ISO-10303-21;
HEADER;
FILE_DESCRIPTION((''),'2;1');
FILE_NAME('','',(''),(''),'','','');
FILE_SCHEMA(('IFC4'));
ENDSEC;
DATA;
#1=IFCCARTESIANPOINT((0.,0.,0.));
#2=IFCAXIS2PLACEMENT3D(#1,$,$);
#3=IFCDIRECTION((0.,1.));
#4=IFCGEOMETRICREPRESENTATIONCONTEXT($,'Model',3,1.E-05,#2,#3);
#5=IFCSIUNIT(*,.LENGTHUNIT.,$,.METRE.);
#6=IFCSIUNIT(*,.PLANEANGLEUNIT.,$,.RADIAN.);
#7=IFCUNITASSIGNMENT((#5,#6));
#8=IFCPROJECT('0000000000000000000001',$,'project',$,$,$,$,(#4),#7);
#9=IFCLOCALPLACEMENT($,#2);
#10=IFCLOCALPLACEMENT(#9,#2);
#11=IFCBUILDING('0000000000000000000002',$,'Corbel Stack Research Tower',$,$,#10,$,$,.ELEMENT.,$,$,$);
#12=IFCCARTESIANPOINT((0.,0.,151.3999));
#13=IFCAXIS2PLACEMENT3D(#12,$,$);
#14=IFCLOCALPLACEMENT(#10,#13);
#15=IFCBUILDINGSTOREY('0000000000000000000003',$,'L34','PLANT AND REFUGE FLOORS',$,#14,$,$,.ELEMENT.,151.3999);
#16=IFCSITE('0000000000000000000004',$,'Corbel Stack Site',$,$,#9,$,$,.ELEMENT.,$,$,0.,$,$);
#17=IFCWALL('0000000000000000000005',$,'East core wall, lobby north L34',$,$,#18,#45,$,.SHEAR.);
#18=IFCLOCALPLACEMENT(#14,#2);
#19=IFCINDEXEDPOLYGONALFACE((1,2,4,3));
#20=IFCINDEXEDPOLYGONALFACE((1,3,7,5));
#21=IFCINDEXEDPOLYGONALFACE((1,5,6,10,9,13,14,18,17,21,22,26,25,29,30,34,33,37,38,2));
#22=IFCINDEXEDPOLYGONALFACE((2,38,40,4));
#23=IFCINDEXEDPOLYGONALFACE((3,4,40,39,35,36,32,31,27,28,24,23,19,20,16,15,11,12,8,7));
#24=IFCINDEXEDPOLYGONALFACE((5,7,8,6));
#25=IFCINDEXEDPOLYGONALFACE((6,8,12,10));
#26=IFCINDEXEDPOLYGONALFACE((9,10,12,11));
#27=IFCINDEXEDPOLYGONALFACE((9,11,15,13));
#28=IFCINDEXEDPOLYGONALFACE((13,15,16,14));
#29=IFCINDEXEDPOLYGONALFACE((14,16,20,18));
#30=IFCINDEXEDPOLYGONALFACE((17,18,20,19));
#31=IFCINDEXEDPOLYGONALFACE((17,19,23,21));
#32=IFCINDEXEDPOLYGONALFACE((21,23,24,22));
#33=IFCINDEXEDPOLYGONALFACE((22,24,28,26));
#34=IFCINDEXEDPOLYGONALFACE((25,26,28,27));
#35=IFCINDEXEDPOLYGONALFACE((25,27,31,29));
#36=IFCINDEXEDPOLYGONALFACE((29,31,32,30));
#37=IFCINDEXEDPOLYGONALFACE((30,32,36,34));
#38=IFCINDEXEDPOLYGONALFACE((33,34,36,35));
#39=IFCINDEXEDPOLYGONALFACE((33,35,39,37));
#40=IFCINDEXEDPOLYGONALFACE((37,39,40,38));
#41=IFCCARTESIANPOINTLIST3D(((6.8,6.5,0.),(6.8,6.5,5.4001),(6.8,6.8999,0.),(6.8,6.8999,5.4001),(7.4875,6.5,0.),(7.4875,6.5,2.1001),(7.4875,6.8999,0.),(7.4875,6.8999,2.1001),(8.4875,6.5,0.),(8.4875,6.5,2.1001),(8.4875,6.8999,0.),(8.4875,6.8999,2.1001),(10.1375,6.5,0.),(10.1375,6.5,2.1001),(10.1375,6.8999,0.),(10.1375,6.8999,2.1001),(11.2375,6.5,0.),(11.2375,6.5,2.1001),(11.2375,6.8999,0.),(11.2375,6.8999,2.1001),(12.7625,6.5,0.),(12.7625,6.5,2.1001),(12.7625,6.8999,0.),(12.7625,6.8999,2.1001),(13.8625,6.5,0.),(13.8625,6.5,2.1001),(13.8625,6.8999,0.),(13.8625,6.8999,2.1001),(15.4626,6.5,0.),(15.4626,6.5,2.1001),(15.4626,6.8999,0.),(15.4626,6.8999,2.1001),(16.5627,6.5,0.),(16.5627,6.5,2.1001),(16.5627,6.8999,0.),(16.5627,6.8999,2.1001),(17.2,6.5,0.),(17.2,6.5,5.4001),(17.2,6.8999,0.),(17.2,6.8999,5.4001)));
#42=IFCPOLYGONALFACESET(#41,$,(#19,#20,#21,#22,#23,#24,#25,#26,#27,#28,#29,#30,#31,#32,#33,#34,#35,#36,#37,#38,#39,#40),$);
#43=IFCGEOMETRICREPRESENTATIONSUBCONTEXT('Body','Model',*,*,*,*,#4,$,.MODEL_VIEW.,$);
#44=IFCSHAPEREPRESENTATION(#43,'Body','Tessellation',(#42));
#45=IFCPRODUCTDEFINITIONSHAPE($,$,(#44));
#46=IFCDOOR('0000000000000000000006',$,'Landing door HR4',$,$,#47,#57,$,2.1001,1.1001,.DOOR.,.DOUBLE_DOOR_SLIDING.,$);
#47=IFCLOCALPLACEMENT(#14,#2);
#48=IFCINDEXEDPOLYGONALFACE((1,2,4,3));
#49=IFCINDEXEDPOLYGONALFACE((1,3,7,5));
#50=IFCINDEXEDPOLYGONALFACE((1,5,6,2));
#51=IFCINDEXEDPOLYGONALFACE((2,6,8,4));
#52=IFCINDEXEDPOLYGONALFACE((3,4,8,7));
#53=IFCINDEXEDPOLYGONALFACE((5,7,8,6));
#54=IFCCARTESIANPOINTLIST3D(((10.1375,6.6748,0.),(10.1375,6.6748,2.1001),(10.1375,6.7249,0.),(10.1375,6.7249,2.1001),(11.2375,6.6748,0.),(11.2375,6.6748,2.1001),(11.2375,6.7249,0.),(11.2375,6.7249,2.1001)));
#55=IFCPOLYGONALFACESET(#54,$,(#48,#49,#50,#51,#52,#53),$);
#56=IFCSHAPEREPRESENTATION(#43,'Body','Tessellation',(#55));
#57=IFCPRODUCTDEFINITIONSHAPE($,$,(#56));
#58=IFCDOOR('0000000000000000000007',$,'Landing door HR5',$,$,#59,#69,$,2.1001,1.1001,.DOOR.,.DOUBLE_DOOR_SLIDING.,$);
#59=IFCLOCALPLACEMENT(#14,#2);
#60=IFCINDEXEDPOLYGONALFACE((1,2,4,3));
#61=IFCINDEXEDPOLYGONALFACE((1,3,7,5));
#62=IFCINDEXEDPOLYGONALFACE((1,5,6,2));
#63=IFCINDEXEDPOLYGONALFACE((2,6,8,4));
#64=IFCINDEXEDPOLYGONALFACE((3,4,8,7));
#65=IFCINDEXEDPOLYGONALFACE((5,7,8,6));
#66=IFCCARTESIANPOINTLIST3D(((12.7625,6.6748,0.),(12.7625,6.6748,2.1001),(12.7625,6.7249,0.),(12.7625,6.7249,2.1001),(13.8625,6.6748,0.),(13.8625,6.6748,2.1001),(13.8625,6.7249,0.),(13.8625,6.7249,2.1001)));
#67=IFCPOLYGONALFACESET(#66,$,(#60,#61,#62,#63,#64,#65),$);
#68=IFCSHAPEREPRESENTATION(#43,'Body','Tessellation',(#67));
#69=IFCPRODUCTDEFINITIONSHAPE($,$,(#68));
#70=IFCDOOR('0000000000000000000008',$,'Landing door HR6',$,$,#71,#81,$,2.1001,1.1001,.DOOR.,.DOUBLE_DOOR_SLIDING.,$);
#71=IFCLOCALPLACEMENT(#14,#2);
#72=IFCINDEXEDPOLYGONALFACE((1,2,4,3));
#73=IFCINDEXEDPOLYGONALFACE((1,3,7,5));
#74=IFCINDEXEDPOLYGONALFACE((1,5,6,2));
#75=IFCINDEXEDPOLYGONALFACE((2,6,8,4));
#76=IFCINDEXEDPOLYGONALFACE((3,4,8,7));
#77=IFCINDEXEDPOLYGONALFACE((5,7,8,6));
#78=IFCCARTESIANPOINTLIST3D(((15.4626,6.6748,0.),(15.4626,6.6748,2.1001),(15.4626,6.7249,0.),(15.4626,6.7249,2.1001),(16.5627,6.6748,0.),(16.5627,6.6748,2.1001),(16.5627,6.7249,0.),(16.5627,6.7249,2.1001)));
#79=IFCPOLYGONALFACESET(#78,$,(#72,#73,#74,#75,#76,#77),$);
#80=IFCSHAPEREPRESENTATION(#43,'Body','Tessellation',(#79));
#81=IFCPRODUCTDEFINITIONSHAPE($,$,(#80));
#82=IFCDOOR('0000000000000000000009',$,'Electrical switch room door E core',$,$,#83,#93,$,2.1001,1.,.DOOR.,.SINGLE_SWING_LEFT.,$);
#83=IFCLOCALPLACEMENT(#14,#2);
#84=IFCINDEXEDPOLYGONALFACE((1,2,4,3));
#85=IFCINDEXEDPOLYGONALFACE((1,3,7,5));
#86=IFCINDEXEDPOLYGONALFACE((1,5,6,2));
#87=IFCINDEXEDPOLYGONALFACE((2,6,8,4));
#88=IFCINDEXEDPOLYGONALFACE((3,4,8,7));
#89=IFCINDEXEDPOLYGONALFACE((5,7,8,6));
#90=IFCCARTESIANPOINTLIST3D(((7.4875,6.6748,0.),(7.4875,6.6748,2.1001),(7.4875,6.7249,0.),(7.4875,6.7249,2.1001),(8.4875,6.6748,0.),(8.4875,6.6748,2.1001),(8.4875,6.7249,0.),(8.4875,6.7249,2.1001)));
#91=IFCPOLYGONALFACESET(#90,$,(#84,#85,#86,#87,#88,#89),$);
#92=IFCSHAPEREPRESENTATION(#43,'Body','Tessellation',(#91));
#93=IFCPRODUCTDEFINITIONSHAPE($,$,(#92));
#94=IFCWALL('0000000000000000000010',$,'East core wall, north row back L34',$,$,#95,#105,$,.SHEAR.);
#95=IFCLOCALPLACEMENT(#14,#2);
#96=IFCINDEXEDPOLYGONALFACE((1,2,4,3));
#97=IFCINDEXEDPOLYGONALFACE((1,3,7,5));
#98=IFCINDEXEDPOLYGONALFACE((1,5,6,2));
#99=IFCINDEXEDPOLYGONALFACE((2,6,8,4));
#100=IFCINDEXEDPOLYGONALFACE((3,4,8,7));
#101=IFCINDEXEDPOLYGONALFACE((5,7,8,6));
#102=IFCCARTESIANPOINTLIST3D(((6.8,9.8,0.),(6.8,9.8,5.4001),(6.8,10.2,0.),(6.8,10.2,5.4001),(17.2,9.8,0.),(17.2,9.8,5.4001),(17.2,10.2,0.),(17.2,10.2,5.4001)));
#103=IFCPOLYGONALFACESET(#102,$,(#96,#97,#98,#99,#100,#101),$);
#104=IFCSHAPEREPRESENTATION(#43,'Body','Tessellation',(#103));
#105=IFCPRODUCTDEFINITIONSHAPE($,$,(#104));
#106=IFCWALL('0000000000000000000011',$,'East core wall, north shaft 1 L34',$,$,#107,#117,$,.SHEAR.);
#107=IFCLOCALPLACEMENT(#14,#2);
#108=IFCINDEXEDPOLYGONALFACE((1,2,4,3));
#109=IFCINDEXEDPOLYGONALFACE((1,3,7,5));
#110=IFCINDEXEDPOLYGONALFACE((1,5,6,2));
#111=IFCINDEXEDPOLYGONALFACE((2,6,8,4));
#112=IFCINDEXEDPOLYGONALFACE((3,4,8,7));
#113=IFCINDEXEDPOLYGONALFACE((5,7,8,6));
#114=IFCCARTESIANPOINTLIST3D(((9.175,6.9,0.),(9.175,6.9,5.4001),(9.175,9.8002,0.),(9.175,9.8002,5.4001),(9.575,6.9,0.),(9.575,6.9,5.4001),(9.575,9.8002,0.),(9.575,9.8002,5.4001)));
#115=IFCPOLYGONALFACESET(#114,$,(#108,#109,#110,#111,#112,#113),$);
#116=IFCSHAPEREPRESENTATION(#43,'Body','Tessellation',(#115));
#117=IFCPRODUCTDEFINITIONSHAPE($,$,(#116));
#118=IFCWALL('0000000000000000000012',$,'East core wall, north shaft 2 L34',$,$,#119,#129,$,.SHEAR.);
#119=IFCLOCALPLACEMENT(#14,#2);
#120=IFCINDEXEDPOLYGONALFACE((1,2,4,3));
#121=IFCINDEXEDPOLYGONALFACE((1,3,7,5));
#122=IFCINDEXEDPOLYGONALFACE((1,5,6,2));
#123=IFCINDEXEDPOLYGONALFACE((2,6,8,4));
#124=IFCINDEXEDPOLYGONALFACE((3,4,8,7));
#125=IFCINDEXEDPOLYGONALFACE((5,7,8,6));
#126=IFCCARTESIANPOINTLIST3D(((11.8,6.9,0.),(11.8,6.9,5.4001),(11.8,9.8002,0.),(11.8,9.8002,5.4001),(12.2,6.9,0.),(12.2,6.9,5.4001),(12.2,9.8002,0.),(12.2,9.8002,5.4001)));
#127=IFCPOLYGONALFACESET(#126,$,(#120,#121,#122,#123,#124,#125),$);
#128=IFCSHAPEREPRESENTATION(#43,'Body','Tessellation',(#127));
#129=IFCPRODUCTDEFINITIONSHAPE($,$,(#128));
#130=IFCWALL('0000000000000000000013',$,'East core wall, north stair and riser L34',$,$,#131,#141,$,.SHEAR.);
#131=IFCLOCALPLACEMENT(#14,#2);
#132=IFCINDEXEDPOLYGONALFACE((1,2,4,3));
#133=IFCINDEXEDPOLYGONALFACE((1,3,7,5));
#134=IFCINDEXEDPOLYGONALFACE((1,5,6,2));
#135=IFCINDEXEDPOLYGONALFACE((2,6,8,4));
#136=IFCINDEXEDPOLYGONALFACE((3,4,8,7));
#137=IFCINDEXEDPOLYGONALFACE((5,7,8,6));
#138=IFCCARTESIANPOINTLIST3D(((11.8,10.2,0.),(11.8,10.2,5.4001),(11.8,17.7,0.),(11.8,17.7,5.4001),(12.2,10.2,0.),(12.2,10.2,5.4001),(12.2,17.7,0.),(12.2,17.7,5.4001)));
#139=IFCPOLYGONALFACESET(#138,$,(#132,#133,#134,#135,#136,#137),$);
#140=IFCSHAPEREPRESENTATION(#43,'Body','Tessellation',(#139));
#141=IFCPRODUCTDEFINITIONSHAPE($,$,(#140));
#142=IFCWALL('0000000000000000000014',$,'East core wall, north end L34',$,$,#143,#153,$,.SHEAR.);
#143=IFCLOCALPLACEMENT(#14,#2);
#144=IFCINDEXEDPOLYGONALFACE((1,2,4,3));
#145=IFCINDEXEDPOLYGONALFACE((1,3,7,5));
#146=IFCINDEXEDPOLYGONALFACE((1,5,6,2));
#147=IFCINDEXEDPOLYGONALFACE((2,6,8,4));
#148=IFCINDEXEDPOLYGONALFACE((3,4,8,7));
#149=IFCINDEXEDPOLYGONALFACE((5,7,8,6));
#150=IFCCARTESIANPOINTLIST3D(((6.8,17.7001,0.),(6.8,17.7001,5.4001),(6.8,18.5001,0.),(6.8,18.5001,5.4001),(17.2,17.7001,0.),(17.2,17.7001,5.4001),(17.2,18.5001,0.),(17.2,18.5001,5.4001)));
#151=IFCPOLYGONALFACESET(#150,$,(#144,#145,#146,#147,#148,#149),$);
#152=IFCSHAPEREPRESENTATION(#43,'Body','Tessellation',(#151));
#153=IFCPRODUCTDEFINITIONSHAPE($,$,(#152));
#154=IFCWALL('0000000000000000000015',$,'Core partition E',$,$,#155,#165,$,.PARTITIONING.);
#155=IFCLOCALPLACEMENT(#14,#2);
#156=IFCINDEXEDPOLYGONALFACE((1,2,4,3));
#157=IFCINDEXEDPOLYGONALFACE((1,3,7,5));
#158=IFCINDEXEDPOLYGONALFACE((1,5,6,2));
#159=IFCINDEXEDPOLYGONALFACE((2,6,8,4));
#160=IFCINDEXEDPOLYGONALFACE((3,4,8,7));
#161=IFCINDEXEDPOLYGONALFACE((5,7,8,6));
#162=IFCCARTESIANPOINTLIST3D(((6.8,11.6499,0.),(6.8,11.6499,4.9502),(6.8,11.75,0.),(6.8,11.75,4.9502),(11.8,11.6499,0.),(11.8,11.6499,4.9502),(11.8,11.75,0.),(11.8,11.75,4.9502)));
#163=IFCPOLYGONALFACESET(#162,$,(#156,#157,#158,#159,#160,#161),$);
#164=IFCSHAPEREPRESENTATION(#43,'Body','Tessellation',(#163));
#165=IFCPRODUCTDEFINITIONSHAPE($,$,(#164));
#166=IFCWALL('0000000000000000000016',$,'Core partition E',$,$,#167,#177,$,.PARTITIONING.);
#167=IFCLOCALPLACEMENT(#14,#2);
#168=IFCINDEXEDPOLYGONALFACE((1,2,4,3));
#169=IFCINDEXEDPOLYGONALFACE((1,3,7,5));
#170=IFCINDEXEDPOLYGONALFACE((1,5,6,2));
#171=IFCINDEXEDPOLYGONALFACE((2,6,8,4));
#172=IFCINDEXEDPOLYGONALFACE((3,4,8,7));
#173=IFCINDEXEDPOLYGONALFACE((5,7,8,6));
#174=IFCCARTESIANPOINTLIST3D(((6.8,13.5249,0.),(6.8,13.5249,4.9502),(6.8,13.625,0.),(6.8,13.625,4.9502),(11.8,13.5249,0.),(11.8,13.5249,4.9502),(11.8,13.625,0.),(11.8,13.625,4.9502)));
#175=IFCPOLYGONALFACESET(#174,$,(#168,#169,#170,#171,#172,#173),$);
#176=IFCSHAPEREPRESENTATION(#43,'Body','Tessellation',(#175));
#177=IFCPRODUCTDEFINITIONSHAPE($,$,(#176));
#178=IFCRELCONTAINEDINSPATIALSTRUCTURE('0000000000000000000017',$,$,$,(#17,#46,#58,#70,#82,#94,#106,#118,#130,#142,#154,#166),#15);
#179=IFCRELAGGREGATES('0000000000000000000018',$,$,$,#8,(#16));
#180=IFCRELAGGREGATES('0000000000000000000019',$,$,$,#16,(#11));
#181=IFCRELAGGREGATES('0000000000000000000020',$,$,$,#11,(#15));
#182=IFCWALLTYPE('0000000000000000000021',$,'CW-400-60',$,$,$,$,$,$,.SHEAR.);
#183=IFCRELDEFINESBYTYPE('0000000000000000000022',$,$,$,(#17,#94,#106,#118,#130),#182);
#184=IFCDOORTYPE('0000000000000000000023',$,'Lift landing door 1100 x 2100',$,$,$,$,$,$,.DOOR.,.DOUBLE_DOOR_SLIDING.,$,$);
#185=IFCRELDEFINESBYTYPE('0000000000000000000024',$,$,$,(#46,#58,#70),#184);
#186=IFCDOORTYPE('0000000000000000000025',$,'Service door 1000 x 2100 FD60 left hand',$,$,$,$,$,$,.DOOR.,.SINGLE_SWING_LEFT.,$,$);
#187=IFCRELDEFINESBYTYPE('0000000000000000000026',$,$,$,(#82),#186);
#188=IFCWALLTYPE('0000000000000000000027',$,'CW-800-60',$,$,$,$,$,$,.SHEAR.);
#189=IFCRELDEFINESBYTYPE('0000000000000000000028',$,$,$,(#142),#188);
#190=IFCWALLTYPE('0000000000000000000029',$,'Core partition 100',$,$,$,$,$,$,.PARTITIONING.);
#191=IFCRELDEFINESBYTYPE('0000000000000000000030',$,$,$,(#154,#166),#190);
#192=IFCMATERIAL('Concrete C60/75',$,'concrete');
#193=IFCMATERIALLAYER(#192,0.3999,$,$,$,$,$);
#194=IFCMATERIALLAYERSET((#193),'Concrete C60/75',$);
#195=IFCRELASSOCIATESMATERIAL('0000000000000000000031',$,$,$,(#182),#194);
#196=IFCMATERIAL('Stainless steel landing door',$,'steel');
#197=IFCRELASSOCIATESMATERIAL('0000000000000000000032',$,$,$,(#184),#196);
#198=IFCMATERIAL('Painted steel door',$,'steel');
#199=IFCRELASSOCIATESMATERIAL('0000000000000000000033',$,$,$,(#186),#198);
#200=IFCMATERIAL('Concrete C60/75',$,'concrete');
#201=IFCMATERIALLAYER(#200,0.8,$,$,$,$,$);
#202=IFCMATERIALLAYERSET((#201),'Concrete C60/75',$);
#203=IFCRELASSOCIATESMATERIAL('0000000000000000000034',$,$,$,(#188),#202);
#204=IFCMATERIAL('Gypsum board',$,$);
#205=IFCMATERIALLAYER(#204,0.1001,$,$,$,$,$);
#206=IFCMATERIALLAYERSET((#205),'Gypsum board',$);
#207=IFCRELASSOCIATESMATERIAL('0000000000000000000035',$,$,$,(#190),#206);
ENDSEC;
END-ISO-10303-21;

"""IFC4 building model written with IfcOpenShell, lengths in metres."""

from ifc_helpers import new_model, si_unit, direction, frame, frame_2d, origin, place, context, subcontext, project, spatial, rectangle, extrude, material, layer, layer_set, type_object, element, fill, save


model = new_model("IFC4")

# Units and contexts
model_context = context("Model", 3, precision=1e-05, world=origin(), true_north=direction((0.0, 1.0)))
body_context = subcontext(model_context, "Body", "Model", "MODEL_VIEW")
ifc_project = project(units=[si_unit("LENGTHUNIT", "METRE"), si_unit("PLANEANGLEUNIT", "RADIAN")], contexts=[model_context])

# Site, building, storey
site_placement = place(None, origin())
site = spatial("IfcSite", under=ifc_project, at=site_placement, Name="Corbel Stack Site", CompositionType="ELEMENT", RefElevation=0.0)
building_placement = place(site_placement, origin())
building = spatial("IfcBuilding", under=site, at=building_placement, Name="Corbel Stack Research Tower", CompositionType="ELEMENT")
storey_placement = place(building_placement, frame((0.0, 0.0, 151.3999)))
storey = spatial("IfcBuildingStorey", under=building, at=storey_placement, Name="L34", Description="PLANT AND REFUGE FLOORS", CompositionType="ELEMENT", Elevation=151.3999)

# Wall, openings, doors
ifc_material_1 = material(Name="Concrete C60/75", Category="concrete")
ifc_layer_1 = layer(ifc_material_1, 0.3999)
ifc_layer_set_1 = layer_set([ifc_layer_1], Name="Concrete C60/75")
wall_type_1 = type_object("IfcWallType", Name="CW-400-60", PredefinedType="SHEAR", material=ifc_layer_set_1)
ifc_material_2 = material(Name="Stainless steel landing door", Category="steel")
door_type_1 = type_object("IfcDoorType", Name="Lift landing door 1100 x 2100", OperationType="DOUBLE_DOOR_SLIDING", PredefinedType="DOOR", material=ifc_material_2)
wall_1_placement = place(storey_placement, frame((6.8, 6.7, 0.0), z_axis=(0.0, 0.0, 1.0), x_axis=(1.0, 0.0, 0.0)))
wall_1 = element("IfcWall", 1, at=wall_1_placement, inside=storey, type_object=wall_type_1, Name="East core wall, lobby north L34", PredefinedType="SHEAR", context=body_context, shape_type="SweptSolid", body=[
    extrude(rectangle(XDim=10.3999, YDim=0.3999, at=frame_2d((5.2, 0.0))), origin(), (0.0, 0.0, 1.0), 5.4001),
])
opening_1_placement = place(wall_1_placement, frame((3.3374, 0.0, 0.0)))
opening_1 = element("IfcOpeningElement", 2, at=opening_1_placement, cuts=wall_1, PredefinedType="OPENING", context=body_context, shape_type="SweptSolid", body=[
    extrude(rectangle(XDim=1.1001, YDim=2.1001, at=frame_2d((0.55, 1.05))), frame((0.0, 0.21, 0.0), z_axis=(0.0, -1.0, 0.0), x_axis=(1.0, 0.0, 0.0)), (0.0, 0.0, 1.0), 0.4199),
])
opening_2_placement = place(wall_1_placement, frame((5.9624, 0.0, 0.0)))
opening_2 = element("IfcOpeningElement", 3, at=opening_2_placement, cuts=wall_1, PredefinedType="OPENING", context=body_context, shape_type="SweptSolid", body=[
    extrude(rectangle(XDim=1.1001, YDim=2.1001, at=frame_2d((0.55, 1.05))), frame((0.0, 0.21, 0.0), z_axis=(0.0, -1.0, 0.0), x_axis=(1.0, 0.0, 0.0)), (0.0, 0.0, 1.0), 0.4199),
])
opening_3_placement = place(wall_1_placement, frame((8.6626, 0.0, 0.0)))
opening_3 = element("IfcOpeningElement", 4, at=opening_3_placement, cuts=wall_1, PredefinedType="OPENING", context=body_context, shape_type="SweptSolid", body=[
    extrude(rectangle(XDim=1.1001, YDim=2.1001, at=frame_2d((0.55, 1.05))), frame((0.0, 0.21, 0.0), z_axis=(0.0, -1.0, 0.0), x_axis=(1.0, 0.0, 0.0)), (0.0, 0.0, 1.0), 0.4199),
])
opening_4_placement = place(wall_1_placement, frame((0.6875, 0.0, 0.0)))
opening_4 = element("IfcOpeningElement", 5, at=opening_4_placement, cuts=wall_1, PredefinedType="OPENING", context=body_context, shape_type="SweptSolid", body=[
    extrude(rectangle(XDim=1.0, YDim=2.1001, at=frame_2d((0.5, 1.05))), frame((0.0, 0.21, 0.0), z_axis=(0.0, -1.0, 0.0), x_axis=(1.0, 0.0, 0.0)), (0.0, 0.0, 1.0), 0.4199),
])
door_1_placement = place(opening_1_placement, origin())
door_1 = element("IfcDoor", 6, at=door_1_placement, inside=storey, type_object=door_type_1, Name="Landing door HR4", OperationType="DOUBLE_DOOR_SLIDING", OverallHeight=2.1001, OverallWidth=1.1001, PredefinedType="DOOR", context=body_context, shape_type="SweptSolid", body=[
    extrude(rectangle(XDim=1.1001, YDim=2.1001, at=frame_2d((0.55, 1.05))), frame((0.0, 0.0249, 0.0), z_axis=(0.0, -1.0, 0.0), x_axis=(1.0, 0.0, 0.0)), (0.0, 0.0, 1.0), 0.05),
])
fill(opening_1, door_1)
door_2_placement = place(opening_2_placement, origin())
door_2 = element("IfcDoor", 7, at=door_2_placement, inside=storey, type_object=door_type_1, Name="Landing door HR5", OperationType="DOUBLE_DOOR_SLIDING", OverallHeight=2.1001, OverallWidth=1.1001, PredefinedType="DOOR", context=body_context, shape_type="SweptSolid", body=[
    extrude(rectangle(XDim=1.1001, YDim=2.1001, at=frame_2d((0.55, 1.05))), frame((0.0, 0.0249, 0.0), z_axis=(0.0, -1.0, 0.0), x_axis=(1.0, 0.0, 0.0)), (0.0, 0.0, 1.0), 0.05),
])
fill(opening_2, door_2)
door_3_placement = place(opening_3_placement, origin())
door_3 = element("IfcDoor", 8, at=door_3_placement, inside=storey, type_object=door_type_1, Name="Landing door HR6", OperationType="DOUBLE_DOOR_SLIDING", OverallHeight=2.1001, OverallWidth=1.1001, PredefinedType="DOOR", context=body_context, shape_type="SweptSolid", body=[
    extrude(rectangle(XDim=1.1001, YDim=2.1001, at=frame_2d((0.55, 1.05))), frame((0.0, 0.0249, 0.0), z_axis=(0.0, -1.0, 0.0), x_axis=(1.0, 0.0, 0.0)), (0.0, 0.0, 1.0), 0.05),
])
fill(opening_3, door_3)
ifc_material_3 = material(Name="Painted steel door", Category="steel")
door_type_2 = type_object("IfcDoorType", Name="Service door 1000 x 2100 FD60 left hand", OperationType="SINGLE_SWING_LEFT", PredefinedType="DOOR", material=ifc_material_3)
door_4_placement = place(opening_4_placement, origin())
door_4 = element("IfcDoor", 9, at=door_4_placement, inside=storey, type_object=door_type_2, Name="Electrical switch room door E core", OperationType="SINGLE_SWING_LEFT", OverallHeight=2.1001, OverallWidth=1.0, PredefinedType="DOOR", context=body_context, shape_type="SweptSolid", body=[
    extrude(rectangle(XDim=1.0, YDim=2.1001, at=frame_2d((0.5, 1.05))), frame((0.0, 0.0249, 0.0), z_axis=(0.0, -1.0, 0.0), x_axis=(1.0, 0.0, 0.0)), (0.0, 0.0, 1.0), 0.05),
])
fill(opening_4, door_4)

# Walls
wall_2_placement = place(storey_placement, frame((6.8, 10.0, 0.0), z_axis=(0.0, 0.0, 1.0), x_axis=(1.0, 0.0, 0.0)))
element("IfcWall", 10, at=wall_2_placement, inside=storey, type_object=wall_type_1, Name="East core wall, north row back L34", PredefinedType="SHEAR", context=body_context, shape_type="SweptSolid", body=[
    extrude(rectangle(XDim=10.3999, YDim=0.3999, at=frame_2d((5.2, 0.0))), origin(), (0.0, 0.0, 1.0), 5.4001),
])
for number, where, z_axis, x_axis, name in (
    (11, (9.375, 6.8999, 0.0), (0.0, 0.0, 1.0), (0.0, 1.0, 0.0), "East core wall, north shaft 1 L34"),
    (12, (12.0, 6.8999, 0.0), (0.0, 0.0, 1.0), (0.0, 1.0, 0.0), "East core wall, north shaft 2 L34"),
):
    element("IfcWall", number, at=place(storey_placement, frame(where, z_axis=z_axis, x_axis=x_axis)), inside=storey, type_object=wall_type_1, Name=name, PredefinedType="SHEAR", context=body_context, shape_type="SweptSolid", body=[
        extrude(rectangle(XDim=2.9001, YDim=0.3999, at=frame_2d((1.4502, 0.0))), origin(), (0.0, 0.0, 1.0), 5.4001),
    ])
wall_3_placement = place(storey_placement, frame((12.0, 10.2, 0.0), z_axis=(0.0, 0.0, 1.0), x_axis=(0.0, 1.0, 0.0)))
element("IfcWall", 13, at=wall_3_placement, inside=storey, type_object=wall_type_1, Name="East core wall, north stair and riser L34", PredefinedType="SHEAR", context=body_context, shape_type="SweptSolid", body=[
    extrude(rectangle(XDim=7.5, YDim=0.3999, at=frame_2d((3.75, 0.0))), origin(), (0.0, 0.0, 1.0), 5.4001),
])
ifc_material_4 = material(Name="Concrete C60/75", Category="concrete")
ifc_layer_2 = layer(ifc_material_4, 0.8)
ifc_layer_set_2 = layer_set([ifc_layer_2], Name="Concrete C60/75")
wall_type_2 = type_object("IfcWallType", Name="CW-800-60", PredefinedType="SHEAR", material=ifc_layer_set_2)
wall_4_placement = place(storey_placement, frame((6.8, 18.1001, 0.0), z_axis=(0.0, 0.0, 1.0), x_axis=(1.0, 0.0, 0.0)))
element("IfcWall", 14, at=wall_4_placement, inside=storey, type_object=wall_type_2, Name="East core wall, north end L34", PredefinedType="SHEAR", context=body_context, shape_type="SweptSolid", body=[
    extrude(rectangle(XDim=10.3999, YDim=0.8, at=frame_2d((5.2, 0.0))), origin(), (0.0, 0.0, 1.0), 5.4001),
])
ifc_material_5 = material(Name="Gypsum board")
ifc_layer_3 = layer(ifc_material_5, 0.1001)
ifc_layer_set_3 = layer_set([ifc_layer_3], Name="Gypsum board")
wall_type_3 = type_object("IfcWallType", Name="Core partition 100", PredefinedType="PARTITIONING", material=ifc_layer_set_3)
for number, where, z_axis, x_axis, name in (
    (15, (6.8, 11.7, 0.0), (0.0, 0.0, 1.0), (1.0, 0.0, 0.0), "Core partition E"),
    (16, (6.8, 13.575, 0.0), (0.0, 0.0, 1.0), (1.0, 0.0, 0.0), "Core partition E"),
):
    element("IfcWall", number, at=place(storey_placement, frame(where, z_axis=z_axis, x_axis=x_axis)), inside=storey, type_object=wall_type_3, Name=name, PredefinedType="PARTITIONING", context=body_context, shape_type="SweptSolid", body=[
        extrude(rectangle(XDim=5.0, YDim=0.1001, at=frame_2d((2.5, 0.0))), origin(), (0.0, 0.0, 1.0), 4.9502),
    ])

save(model, "model.ifc")
